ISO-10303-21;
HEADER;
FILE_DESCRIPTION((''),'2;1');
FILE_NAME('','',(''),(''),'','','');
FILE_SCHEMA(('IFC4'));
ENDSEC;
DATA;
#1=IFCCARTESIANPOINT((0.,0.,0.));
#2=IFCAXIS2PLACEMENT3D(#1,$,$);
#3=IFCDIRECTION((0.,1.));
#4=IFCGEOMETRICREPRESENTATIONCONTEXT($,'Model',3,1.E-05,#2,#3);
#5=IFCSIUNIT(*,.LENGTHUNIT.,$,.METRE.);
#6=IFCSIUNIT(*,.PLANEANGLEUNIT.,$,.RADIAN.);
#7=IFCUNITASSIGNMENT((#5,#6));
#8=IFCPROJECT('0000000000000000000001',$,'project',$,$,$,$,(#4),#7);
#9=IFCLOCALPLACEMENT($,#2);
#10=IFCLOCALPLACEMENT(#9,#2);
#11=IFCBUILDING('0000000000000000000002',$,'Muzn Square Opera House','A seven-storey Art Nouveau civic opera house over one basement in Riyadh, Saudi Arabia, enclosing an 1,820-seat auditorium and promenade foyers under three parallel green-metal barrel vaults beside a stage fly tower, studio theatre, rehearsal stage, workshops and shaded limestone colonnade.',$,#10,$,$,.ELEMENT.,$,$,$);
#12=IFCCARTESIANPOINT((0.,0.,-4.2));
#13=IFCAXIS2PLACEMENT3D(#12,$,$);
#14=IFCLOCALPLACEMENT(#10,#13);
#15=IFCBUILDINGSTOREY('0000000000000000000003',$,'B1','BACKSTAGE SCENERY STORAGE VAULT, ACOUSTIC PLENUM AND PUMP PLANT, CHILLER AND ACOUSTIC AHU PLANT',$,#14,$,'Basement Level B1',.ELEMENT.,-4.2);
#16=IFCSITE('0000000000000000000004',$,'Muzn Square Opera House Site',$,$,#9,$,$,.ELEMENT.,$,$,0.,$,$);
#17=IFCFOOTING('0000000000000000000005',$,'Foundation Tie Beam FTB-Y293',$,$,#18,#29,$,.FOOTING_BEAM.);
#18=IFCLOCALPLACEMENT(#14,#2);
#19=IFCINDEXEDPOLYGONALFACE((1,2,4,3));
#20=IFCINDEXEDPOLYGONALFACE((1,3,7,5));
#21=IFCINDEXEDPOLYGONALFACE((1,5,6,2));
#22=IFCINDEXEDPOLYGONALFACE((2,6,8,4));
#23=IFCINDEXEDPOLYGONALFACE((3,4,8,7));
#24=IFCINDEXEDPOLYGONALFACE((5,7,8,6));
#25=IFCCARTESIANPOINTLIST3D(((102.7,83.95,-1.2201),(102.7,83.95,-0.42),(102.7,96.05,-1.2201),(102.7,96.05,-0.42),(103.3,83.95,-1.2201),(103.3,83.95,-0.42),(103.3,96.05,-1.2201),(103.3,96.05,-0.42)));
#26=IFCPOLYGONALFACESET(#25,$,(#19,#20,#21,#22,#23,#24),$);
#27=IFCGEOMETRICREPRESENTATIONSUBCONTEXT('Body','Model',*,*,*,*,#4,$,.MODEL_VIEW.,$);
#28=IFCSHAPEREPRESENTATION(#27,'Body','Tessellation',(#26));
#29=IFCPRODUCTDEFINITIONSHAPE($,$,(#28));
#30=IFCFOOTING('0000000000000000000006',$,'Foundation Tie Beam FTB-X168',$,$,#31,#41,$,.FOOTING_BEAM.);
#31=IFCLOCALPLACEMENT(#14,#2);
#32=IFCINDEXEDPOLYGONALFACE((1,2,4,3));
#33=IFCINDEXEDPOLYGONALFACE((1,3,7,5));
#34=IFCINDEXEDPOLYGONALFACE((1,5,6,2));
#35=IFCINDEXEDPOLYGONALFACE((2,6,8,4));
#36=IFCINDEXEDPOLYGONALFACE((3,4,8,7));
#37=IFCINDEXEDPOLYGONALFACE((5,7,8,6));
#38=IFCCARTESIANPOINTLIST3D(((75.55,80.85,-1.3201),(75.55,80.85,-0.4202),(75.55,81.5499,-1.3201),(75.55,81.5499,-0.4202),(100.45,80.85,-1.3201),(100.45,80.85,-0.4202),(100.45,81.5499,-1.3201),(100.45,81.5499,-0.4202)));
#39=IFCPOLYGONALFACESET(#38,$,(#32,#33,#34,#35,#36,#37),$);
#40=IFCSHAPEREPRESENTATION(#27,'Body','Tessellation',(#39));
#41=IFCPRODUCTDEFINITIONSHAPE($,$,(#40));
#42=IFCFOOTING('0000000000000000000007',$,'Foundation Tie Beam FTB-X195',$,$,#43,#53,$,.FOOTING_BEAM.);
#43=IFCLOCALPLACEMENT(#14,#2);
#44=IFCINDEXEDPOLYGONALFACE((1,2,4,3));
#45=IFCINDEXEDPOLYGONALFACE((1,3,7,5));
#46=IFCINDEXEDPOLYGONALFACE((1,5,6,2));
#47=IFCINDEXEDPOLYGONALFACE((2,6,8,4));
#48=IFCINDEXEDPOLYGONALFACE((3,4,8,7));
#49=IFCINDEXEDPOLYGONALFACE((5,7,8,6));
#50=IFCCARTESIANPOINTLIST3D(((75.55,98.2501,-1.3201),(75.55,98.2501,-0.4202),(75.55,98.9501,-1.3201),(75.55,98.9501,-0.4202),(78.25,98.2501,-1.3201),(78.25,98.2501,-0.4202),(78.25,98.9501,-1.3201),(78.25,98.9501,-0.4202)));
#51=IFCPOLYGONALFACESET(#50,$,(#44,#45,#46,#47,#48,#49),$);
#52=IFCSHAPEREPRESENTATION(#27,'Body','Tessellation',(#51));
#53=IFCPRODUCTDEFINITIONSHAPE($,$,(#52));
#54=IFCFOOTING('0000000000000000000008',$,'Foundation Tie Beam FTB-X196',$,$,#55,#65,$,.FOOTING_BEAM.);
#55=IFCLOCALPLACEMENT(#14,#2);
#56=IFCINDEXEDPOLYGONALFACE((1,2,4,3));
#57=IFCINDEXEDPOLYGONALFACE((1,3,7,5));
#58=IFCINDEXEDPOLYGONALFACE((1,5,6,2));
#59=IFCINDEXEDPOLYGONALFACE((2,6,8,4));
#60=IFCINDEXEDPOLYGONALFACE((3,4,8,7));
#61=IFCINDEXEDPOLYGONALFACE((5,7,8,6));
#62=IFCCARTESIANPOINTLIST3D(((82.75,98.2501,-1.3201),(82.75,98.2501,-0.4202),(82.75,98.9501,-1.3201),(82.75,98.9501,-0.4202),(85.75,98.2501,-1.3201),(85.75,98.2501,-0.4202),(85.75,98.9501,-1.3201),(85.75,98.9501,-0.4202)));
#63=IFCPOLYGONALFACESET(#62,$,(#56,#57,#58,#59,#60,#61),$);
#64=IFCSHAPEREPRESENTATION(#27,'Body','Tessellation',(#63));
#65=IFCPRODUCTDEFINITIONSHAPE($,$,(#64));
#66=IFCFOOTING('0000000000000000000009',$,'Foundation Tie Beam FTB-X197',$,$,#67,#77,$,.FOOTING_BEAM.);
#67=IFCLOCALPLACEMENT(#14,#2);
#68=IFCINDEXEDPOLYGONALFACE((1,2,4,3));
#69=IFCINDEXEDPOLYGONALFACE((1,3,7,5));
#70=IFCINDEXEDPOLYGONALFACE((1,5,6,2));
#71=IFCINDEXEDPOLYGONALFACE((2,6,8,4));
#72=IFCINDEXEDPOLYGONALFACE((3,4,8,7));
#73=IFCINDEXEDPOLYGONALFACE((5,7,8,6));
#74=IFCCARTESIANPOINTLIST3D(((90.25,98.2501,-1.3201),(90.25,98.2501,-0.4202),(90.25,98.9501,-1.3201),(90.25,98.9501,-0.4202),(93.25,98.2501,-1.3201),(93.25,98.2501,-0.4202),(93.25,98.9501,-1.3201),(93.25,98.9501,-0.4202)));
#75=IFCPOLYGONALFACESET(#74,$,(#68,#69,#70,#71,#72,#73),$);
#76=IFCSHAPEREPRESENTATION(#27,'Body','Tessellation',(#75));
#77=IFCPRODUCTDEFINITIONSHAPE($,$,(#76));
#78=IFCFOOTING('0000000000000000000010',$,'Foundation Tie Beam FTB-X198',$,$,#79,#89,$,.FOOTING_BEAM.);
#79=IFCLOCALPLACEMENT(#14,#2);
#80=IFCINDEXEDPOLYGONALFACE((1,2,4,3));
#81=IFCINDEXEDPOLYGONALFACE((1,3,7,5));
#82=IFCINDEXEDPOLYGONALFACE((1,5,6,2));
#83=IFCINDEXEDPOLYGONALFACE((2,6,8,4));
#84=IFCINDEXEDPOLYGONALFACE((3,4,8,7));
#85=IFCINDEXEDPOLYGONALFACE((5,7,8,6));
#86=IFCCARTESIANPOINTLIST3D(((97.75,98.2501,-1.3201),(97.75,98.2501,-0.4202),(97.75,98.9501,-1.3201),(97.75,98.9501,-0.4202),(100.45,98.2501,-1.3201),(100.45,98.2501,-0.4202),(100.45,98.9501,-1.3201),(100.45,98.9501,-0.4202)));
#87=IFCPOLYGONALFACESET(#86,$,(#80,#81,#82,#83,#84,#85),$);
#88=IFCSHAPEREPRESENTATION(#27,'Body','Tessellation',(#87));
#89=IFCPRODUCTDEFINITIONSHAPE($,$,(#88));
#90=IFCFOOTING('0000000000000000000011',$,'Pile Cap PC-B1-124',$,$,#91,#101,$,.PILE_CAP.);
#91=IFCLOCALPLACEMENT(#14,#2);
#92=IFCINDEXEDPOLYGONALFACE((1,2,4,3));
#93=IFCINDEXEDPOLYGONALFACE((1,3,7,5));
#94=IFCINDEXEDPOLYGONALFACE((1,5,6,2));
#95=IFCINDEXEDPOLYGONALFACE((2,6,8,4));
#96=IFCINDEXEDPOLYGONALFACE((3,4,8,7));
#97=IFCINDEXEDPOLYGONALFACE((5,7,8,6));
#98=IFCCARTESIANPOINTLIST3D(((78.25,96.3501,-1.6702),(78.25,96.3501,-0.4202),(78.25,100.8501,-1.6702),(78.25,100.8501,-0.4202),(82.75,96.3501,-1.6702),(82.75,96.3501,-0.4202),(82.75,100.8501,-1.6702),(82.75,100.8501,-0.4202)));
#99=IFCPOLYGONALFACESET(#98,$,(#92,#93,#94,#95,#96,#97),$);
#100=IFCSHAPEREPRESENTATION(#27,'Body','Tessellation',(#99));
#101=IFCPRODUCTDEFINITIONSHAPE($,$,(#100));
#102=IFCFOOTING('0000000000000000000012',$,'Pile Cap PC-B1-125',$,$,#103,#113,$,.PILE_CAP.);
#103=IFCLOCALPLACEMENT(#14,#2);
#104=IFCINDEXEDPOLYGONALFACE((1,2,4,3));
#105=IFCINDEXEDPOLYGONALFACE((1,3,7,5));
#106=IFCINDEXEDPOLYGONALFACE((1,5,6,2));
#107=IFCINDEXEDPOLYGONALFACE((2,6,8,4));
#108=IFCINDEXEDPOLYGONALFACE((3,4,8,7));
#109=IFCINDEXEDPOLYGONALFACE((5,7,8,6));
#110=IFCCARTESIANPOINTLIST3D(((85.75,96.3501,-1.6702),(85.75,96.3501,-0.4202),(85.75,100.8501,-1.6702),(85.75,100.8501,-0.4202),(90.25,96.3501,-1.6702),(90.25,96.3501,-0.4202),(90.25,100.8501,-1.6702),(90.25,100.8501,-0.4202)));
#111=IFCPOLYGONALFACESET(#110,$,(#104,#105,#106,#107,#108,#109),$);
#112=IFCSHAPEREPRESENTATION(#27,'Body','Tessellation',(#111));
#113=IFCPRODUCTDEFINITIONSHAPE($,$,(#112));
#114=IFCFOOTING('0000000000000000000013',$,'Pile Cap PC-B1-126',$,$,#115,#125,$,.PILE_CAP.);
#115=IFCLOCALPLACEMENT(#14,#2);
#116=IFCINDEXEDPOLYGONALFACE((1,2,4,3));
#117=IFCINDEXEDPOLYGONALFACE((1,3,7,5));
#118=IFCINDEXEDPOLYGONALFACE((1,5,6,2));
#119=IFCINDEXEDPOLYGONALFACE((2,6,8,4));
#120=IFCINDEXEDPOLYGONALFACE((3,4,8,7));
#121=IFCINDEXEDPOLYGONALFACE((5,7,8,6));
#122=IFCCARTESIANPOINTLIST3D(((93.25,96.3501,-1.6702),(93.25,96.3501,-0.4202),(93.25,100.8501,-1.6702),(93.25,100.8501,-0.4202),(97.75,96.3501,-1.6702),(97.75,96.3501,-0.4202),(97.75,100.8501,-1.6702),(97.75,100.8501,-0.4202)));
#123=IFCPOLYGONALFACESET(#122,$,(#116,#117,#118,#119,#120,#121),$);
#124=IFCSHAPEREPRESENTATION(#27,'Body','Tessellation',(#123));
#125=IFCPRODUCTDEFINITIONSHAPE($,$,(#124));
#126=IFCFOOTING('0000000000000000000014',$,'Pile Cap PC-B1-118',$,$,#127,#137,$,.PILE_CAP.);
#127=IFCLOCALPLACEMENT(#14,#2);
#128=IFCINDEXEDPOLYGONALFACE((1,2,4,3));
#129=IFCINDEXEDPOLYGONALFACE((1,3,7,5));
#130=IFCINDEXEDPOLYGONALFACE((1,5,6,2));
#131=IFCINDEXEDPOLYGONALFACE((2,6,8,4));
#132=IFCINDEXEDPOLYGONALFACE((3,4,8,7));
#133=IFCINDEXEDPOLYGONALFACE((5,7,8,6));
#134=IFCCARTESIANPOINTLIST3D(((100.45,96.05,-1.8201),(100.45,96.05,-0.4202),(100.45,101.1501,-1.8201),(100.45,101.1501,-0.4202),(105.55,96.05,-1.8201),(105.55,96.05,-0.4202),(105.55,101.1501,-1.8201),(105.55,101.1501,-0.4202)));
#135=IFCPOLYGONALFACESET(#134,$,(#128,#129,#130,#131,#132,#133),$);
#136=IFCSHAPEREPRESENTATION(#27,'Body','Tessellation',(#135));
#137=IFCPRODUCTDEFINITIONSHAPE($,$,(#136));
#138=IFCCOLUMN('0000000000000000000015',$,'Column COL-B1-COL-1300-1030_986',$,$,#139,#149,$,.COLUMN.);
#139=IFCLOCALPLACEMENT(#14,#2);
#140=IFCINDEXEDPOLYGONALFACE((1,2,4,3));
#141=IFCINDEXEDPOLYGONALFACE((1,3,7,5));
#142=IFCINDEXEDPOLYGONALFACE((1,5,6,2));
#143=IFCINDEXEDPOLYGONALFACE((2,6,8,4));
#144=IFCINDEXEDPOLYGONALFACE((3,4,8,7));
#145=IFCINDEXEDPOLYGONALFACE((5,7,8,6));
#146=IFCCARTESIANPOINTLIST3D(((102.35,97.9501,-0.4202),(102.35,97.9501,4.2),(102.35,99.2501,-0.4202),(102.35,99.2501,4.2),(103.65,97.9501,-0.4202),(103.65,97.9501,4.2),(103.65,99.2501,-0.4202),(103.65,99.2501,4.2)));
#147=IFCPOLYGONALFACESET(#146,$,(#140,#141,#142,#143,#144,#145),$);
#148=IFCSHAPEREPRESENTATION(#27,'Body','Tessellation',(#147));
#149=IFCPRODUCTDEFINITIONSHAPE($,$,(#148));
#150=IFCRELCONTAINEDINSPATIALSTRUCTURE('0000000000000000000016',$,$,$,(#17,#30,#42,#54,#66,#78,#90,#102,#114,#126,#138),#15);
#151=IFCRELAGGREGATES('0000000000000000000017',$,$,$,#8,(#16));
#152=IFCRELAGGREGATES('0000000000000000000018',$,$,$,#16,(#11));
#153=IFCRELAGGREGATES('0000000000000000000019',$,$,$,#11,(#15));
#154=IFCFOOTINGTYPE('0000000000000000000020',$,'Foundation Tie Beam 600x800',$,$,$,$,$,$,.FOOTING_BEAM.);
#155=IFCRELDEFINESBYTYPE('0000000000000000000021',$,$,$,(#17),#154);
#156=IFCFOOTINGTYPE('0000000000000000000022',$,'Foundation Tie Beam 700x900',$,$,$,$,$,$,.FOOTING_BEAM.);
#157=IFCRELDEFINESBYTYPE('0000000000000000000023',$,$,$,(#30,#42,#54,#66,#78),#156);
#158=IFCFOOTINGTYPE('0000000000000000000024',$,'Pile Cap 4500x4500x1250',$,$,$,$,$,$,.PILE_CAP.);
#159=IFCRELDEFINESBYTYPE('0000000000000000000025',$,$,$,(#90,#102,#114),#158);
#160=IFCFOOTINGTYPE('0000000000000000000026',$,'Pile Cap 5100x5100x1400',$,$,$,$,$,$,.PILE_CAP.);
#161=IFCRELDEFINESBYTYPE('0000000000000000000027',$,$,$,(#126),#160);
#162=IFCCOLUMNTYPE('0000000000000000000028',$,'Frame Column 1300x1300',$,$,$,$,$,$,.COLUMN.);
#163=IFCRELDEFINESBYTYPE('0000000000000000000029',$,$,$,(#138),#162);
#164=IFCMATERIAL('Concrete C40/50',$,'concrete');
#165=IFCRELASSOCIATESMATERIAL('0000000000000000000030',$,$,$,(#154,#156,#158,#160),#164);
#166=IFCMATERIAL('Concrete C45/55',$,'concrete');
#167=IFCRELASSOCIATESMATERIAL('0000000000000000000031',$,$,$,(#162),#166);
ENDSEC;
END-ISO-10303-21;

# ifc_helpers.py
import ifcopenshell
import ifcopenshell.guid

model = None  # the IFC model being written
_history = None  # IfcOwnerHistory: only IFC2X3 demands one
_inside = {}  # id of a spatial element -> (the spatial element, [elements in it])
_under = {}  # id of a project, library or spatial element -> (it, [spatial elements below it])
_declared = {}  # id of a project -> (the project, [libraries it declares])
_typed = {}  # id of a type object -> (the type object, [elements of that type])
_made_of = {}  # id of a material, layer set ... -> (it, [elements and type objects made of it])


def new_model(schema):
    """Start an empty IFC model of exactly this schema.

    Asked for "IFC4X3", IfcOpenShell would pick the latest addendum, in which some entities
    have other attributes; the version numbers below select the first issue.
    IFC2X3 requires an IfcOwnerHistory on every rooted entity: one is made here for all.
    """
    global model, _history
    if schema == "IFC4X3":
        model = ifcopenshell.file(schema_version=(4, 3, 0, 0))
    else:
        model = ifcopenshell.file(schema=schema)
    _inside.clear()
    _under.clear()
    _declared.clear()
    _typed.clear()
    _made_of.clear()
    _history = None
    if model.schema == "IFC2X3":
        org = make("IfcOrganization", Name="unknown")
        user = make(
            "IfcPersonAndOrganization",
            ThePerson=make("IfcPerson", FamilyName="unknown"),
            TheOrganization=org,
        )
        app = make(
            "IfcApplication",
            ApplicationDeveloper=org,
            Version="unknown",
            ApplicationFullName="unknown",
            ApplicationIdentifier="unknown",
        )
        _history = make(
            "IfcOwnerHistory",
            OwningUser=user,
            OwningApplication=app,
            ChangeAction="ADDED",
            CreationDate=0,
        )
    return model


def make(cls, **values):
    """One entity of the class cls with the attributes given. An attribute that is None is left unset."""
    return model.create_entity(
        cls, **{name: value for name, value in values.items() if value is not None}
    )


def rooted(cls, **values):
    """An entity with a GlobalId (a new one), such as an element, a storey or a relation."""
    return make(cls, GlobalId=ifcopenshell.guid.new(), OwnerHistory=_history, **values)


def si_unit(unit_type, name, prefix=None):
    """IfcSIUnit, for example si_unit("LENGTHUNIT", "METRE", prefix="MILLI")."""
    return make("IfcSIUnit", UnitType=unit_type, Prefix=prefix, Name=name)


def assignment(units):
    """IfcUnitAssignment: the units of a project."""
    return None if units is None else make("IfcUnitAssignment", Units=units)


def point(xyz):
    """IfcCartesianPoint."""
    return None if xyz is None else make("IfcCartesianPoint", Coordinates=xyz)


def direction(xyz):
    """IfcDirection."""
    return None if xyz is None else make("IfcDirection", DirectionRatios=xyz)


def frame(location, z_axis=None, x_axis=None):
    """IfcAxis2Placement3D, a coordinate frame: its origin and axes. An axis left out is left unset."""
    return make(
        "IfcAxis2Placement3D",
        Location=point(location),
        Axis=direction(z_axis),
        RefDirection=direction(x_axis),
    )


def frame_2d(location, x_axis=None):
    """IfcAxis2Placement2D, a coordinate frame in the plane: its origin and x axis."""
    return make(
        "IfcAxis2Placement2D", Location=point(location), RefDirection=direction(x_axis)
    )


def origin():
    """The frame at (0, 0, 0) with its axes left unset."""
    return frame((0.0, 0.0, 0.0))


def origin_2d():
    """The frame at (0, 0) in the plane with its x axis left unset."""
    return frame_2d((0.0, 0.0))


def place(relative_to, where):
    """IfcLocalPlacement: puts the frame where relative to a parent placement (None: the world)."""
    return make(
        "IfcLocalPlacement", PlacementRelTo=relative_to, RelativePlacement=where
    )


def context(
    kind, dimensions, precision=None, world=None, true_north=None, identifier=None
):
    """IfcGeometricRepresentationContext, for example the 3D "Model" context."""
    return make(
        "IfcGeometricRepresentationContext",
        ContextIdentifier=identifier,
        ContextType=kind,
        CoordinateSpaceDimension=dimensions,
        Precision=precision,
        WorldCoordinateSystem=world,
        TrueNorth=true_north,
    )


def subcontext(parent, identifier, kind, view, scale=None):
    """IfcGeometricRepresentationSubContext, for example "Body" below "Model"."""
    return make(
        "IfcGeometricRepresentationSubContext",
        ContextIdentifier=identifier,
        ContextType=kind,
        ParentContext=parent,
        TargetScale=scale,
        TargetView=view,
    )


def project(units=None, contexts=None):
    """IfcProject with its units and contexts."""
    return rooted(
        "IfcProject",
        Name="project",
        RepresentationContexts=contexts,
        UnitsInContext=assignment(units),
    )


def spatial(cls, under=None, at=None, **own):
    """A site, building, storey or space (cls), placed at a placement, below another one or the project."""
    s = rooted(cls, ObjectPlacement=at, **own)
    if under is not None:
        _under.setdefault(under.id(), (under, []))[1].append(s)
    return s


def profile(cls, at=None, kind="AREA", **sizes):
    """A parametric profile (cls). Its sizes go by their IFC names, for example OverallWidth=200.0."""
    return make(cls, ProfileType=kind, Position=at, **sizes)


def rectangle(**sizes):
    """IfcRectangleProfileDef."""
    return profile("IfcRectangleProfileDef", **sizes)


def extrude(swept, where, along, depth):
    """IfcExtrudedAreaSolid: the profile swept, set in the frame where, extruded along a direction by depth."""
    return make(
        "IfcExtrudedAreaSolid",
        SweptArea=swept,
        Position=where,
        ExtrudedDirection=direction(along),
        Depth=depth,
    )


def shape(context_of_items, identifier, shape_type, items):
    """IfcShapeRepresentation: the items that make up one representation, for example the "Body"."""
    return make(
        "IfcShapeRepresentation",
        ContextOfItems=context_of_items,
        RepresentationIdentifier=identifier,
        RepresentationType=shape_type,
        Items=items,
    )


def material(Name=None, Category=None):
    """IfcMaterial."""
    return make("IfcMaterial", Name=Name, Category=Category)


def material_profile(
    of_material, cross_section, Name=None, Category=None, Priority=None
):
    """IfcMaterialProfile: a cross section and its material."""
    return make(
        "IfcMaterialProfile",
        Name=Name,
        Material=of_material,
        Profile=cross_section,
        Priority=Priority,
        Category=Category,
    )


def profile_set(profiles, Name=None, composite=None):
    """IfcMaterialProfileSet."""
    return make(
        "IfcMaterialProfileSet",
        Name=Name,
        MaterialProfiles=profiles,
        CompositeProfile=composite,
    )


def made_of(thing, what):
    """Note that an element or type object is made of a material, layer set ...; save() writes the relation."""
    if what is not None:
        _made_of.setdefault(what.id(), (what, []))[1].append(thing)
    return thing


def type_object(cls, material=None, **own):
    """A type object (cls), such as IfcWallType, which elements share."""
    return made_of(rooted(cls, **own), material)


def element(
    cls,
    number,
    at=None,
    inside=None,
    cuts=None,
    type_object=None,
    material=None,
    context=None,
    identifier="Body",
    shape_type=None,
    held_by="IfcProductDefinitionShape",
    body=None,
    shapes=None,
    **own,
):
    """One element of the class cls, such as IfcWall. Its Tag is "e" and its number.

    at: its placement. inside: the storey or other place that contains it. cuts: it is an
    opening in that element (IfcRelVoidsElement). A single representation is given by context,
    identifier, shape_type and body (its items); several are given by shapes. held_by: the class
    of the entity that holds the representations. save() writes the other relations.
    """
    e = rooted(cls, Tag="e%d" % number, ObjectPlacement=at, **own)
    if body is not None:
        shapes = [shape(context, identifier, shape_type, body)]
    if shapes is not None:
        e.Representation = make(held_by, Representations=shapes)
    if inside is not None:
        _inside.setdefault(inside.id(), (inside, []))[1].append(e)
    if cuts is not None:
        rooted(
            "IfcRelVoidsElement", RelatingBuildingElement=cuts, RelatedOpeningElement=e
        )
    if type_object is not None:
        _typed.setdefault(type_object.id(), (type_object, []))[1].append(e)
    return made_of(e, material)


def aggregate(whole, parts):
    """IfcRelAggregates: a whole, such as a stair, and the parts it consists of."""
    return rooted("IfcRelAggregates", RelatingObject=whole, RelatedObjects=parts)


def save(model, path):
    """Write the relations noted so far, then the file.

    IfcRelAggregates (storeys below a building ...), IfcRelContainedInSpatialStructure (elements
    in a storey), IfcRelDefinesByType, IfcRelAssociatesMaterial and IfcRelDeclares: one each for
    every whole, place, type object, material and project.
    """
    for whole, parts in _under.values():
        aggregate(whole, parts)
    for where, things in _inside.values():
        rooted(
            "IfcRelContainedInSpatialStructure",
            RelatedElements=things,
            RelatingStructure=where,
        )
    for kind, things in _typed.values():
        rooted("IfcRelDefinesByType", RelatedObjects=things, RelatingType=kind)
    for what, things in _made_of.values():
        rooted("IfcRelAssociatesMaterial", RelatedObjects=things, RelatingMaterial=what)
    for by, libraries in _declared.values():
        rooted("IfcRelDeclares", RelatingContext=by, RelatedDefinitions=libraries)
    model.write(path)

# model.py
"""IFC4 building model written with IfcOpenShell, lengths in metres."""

from ifc_helpers import new_model, si_unit, direction, frame, origin, origin_2d, place, context, subcontext, project, spatial, rectangle, extrude, material, material_profile, profile_set, type_object, element, save


model = new_model("IFC4")

# Units and contexts
model_context = context("Model", 3, precision=1e-05, world=origin(), true_north=direction((0.0, 1.0)))
body_context = subcontext(model_context, "Body", "Model", "MODEL_VIEW")
ifc_project = project(units=[si_unit("LENGTHUNIT", "METRE"), si_unit("PLANEANGLEUNIT", "RADIAN")], contexts=[model_context])

# Site, building, storey
site_placement = place(None, origin())
site = spatial("IfcSite", under=ifc_project, at=site_placement, Name="Muzn Square Opera House Site", CompositionType="ELEMENT", RefElevation=0.0)
building_placement = place(site_placement, origin())
building = spatial("IfcBuilding", under=site, at=building_placement, Name="Muzn Square Opera House", Description="A seven-storey Art Nouveau civic opera house over one basement in Riyadh, Saudi Arabia, enclosing an 1,820-seat auditorium and promenade foyers under three parallel green-metal barrel vaults beside a stage fly tower, studio theatre, rehearsal stage, workshops and shaded limestone colonnade.", CompositionType="ELEMENT")
storey_placement = place(building_placement, frame((0.0, 0.0, -4.2)))
storey = spatial("IfcBuildingStorey", under=building, at=storey_placement, Name="B1", Description="BACKSTAGE SCENERY STORAGE VAULT, ACOUSTIC PLENUM AND PUMP PLANT, CHILLER AND ACOUSTIC AHU PLANT", LongName="Basement Level B1", CompositionType="ELEMENT", Elevation=-4.2)

# Shared definitions
ifc_material_1 = material(Name="Concrete C40/50", Category="concrete")

# Footings
ifc_material_profile_1 = material_profile(ifc_material_1, rectangle(XDim=0.6001, YDim=0.8, at=origin_2d()), Name="RCTB 600x800", Category="concrete")
ifc_profile_set_1 = profile_set([ifc_material_profile_1], Name="Concrete C40/50")
footing_type_1 = type_object("IfcFootingType", Name="Foundation Tie Beam 600x800", PredefinedType="FOOTING_BEAM", material=ifc_profile_set_1)
footing_1_placement = place(storey_placement, frame((103.0, 83.95, -0.8201), z_axis=(0.0, 1.0, 0.0), x_axis=(-1.0, 0.0, 0.0)))
element("IfcFooting", 1, at=footing_1_placement, inside=storey, type_object=footing_type_1, Name="Foundation Tie Beam FTB-Y293", PredefinedType="FOOTING_BEAM", context=body_context, shape_type="SweptSolid", body=[
    extrude(rectangle(XDim=0.6001, YDim=0.8, at=origin_2d()), origin(), (0.0, 0.0, 1.0), 12.1001),
])
ifc_material_profile_2 = material_profile(ifc_material_1, rectangle(XDim=0.7, YDim=0.8999, at=origin_2d()), Name="RCTB 700x900", Category="concrete")
ifc_profile_set_2 = profile_set([ifc_material_profile_2], Name="Concrete C40/50")
footing_type_2 = type_object("IfcFootingType", Name="Foundation Tie Beam 700x900", PredefinedType="FOOTING_BEAM", material=ifc_profile_set_2)
footing_2_placement = place(storey_placement, frame((75.55, 81.2, -0.8701), z_axis=(1.0, 0.0, 0.0), x_axis=(0.0, 1.0, 0.0)))
element("IfcFooting", 2, at=footing_2_placement, inside=storey, type_object=footing_type_2, Name="Foundation Tie Beam FTB-X168", PredefinedType="FOOTING_BEAM", context=body_context, shape_type="SweptSolid", body=[
    extrude(rectangle(XDim=0.7, YDim=0.8999, at=origin_2d()), origin(), (0.0, 0.0, 1.0), 24.8999),
])
footing_3_placement = place(storey_placement, frame((75.55, 98.6001, -0.8701), z_axis=(1.0, 0.0, 0.0), x_axis=(0.0, 1.0, 0.0)))
element("IfcFooting", 3, at=footing_3_placement, inside=storey, type_object=footing_type_2, Name="Foundation Tie Beam FTB-X195", PredefinedType="FOOTING_BEAM", context=body_context, shape_type="SweptSolid", body=[
    extrude(rectangle(XDim=0.7, YDim=0.8999, at=origin_2d()), origin(), (0.0, 0.0, 1.0), 2.7),
])
for number, where, z_axis, x_axis, name in (
    (4, (82.75, 98.6001, -0.8701), (1.0, 0.0, 0.0), (0.0, 1.0, 0.0), "Foundation Tie Beam FTB-X196"),
    (5, (90.25, 98.6001, -0.8701), (1.0, 0.0, 0.0), (0.0, 1.0, 0.0), "Foundation Tie Beam FTB-X197"),
):
    element("IfcFooting", number, at=place(storey_placement, frame(where, z_axis=z_axis, x_axis=x_axis)), inside=storey, type_object=footing_type_2, Name=name, PredefinedType="FOOTING_BEAM", context=body_context, shape_type="SweptSolid", body=[
        extrude(rectangle(XDim=0.7, YDim=0.8999, at=origin_2d()), origin(), (0.0, 0.0, 1.0), 3.0),
    ])
footing_4_placement = place(storey_placement, frame((97.75, 98.6001, -0.8701), z_axis=(1.0, 0.0, 0.0), x_axis=(0.0, 1.0, 0.0)))
element("IfcFooting", 6, at=footing_4_placement, inside=storey, type_object=footing_type_2, Name="Foundation Tie Beam FTB-X198", PredefinedType="FOOTING_BEAM", context=body_context, shape_type="SweptSolid", body=[
    extrude(rectangle(XDim=0.7, YDim=0.8999, at=origin_2d()), origin(), (0.0, 0.0, 1.0), 2.7),
])
footing_type_3 = type_object("IfcFootingType", Name="Pile Cap 4500x4500x1250", PredefinedType="PILE_CAP", material=ifc_material_1)
for number, where, z_axis, x_axis, name in (
    (7, (80.5, 98.6001, -1.6702), (0.0, 0.0, 1.0), (1.0, 0.0, 0.0), "Pile Cap PC-B1-124"),
    (8, (88.0, 98.6001, -1.6702), (0.0, 0.0, 1.0), (1.0, 0.0, 0.0), "Pile Cap PC-B1-125"),
    (9, (95.5, 98.6001, -1.6702), (0.0, 0.0, 1.0), (1.0, 0.0, 0.0), "Pile Cap PC-B1-126"),
):
    element("IfcFooting", number, at=place(storey_placement, frame(where, z_axis=z_axis, x_axis=x_axis)), inside=storey, type_object=footing_type_3, Name=name, PredefinedType="PILE_CAP", context=body_context, shape_type="SweptSolid", body=[
        extrude(rectangle(XDim=4.5, YDim=4.5, at=origin_2d()), origin(), (0.0, 0.0, 1.0), 1.25),
    ])
footing_type_4 = type_object("IfcFootingType", Name="Pile Cap 5100x5100x1400", PredefinedType="PILE_CAP", material=ifc_material_1)
footing_5_placement = place(storey_placement, frame((103.0, 98.6001, -1.8201), z_axis=(0.0, 0.0, 1.0), x_axis=(1.0, 0.0, 0.0)))
element("IfcFooting", 10, at=footing_5_placement, inside=storey, type_object=footing_type_4, Name="Pile Cap PC-B1-118", PredefinedType="PILE_CAP", context=body_context, shape_type="SweptSolid", body=[
    extrude(rectangle(XDim=5.1001, YDim=5.1001, at=origin_2d()), origin(), (0.0, 0.0, 1.0), 1.3999),
])

# Column
ifc_material_2 = material(Name="Concrete C45/55", Category="concrete")
ifc_material_profile_3 = material_profile(ifc_material_2, rectangle(XDim=1.3, YDim=1.3, at=origin_2d()), Name="RC 1300x1300", Category="concrete")
ifc_profile_set_3 = profile_set([ifc_material_profile_3], Name="Concrete C45/55")
column_type = type_object("IfcColumnType", Name="Frame Column 1300x1300", PredefinedType="COLUMN", material=ifc_profile_set_3)
column_placement = place(storey_placement, frame((103.0, 98.6001, -0.4202), z_axis=(0.0, 0.0, 1.0), x_axis=(1.0, 0.0, 0.0)))
element("IfcColumn", 11, at=column_placement, inside=storey, type_object=column_type, Name="Column COL-B1-COL-1300-1030_986", PredefinedType="COLUMN", context=body_context, shape_type="SweptSolid", body=[
    extrude(rectangle(XDim=1.3, YDim=1.3, at=origin_2d()), origin(), (0.0, 0.0, 1.0), 4.6201),
])

save(model, "model.ifc")
